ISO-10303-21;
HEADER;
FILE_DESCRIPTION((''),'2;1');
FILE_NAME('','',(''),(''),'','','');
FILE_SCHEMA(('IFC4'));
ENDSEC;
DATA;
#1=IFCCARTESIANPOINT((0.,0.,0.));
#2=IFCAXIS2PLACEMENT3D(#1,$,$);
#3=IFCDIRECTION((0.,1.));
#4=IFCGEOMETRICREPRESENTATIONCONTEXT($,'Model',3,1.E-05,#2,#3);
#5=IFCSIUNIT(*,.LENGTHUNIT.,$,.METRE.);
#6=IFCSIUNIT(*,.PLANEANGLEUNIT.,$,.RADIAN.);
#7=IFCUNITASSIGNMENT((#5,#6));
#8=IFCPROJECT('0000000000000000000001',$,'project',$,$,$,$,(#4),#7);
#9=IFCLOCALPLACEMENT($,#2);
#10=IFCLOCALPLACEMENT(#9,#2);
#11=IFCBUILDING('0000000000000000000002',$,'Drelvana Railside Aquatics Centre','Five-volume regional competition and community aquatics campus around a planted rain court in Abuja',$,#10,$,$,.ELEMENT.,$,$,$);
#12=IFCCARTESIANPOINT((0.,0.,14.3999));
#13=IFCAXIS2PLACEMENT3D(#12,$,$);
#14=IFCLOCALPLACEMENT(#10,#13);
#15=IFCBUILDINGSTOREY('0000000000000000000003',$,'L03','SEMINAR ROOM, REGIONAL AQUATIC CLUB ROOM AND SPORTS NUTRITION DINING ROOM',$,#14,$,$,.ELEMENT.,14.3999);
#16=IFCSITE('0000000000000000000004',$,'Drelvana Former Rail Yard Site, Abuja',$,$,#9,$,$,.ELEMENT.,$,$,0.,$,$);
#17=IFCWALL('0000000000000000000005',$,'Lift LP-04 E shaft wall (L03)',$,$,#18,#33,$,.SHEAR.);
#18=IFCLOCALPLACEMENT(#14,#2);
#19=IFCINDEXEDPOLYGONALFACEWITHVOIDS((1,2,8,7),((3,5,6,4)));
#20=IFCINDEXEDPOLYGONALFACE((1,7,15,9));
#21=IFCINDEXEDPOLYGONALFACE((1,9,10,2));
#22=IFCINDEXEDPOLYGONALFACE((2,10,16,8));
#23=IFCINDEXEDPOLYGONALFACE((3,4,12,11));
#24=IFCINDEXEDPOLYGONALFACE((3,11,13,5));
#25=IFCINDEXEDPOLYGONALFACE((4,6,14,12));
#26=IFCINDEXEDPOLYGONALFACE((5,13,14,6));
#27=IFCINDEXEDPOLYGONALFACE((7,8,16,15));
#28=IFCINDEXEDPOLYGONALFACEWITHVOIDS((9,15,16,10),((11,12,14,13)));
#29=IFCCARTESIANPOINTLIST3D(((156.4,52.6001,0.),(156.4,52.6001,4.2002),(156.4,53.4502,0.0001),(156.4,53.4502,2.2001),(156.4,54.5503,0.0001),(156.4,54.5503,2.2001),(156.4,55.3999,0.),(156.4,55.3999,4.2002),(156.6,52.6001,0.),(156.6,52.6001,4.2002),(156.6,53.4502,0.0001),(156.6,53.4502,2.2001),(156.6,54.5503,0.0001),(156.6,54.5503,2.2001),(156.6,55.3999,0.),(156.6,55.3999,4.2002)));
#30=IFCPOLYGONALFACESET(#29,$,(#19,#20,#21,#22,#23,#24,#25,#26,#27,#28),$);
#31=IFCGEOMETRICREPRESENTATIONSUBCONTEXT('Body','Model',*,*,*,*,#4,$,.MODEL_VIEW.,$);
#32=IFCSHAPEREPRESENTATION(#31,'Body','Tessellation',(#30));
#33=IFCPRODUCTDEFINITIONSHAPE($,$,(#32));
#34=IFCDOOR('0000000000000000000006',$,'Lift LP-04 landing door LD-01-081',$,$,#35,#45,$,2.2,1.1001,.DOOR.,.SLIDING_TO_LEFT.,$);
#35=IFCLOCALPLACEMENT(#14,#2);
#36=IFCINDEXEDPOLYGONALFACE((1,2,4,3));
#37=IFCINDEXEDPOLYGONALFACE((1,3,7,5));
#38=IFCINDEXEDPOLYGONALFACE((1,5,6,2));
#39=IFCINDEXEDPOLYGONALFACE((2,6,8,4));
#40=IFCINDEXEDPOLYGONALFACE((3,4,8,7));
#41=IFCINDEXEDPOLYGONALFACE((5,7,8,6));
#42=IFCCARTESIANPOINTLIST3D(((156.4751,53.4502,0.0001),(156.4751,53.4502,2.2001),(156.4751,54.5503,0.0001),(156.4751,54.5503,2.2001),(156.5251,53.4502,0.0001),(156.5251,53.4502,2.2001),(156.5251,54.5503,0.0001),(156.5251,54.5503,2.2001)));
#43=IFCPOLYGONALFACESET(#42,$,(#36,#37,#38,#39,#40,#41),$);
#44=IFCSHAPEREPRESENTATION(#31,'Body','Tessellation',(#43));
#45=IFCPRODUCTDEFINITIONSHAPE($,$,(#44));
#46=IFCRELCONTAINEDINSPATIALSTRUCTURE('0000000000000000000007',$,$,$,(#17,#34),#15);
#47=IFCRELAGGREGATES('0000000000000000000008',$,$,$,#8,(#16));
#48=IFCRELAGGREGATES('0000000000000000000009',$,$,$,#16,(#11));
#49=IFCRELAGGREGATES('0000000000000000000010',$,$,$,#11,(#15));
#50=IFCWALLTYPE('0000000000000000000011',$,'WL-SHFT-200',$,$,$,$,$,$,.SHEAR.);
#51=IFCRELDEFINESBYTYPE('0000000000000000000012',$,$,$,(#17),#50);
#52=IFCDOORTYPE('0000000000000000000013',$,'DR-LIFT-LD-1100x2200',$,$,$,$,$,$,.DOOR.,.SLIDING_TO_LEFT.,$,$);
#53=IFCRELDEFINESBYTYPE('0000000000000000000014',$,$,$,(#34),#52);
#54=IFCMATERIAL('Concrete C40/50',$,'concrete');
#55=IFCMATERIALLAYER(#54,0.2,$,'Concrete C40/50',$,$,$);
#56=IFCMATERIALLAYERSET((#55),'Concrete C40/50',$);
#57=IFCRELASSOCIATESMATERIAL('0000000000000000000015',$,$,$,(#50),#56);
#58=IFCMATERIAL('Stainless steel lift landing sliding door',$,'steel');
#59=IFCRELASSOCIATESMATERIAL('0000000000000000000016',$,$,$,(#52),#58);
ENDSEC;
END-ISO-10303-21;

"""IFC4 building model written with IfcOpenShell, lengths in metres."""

from ifc_helpers import new_model, si_unit, direction, frame, frame_2d, origin, place, context, subcontext, project, spatial, rectangle, extrude, material, layer, layer_set, type_object, element, fill, save


model = new_model("IFC4")

# Units and contexts
model_context = context("Model", 3, precision=1e-05, world=origin(), true_north=direction((0.0, 1.0)))
body_context = subcontext(model_context, "Body", "Model", "MODEL_VIEW")
ifc_project = project(units=[si_unit("LENGTHUNIT", "METRE"), si_unit("PLANEANGLEUNIT", "RADIAN")], contexts=[model_context])

# Site, building, storey
site_placement = place(None, origin())
site = spatial("IfcSite", under=ifc_project, at=site_placement, Name="Drelvana Former Rail Yard Site, Abuja", CompositionType="ELEMENT", RefElevation=0.0)
building_placement = place(site_placement, origin())
building = spatial("IfcBuilding", under=site, at=building_placement, Name="Drelvana Railside Aquatics Centre", Description="Five-volume regional competition and community aquatics campus around a planted rain court in Abuja", CompositionType="ELEMENT")
storey_placement = place(building_placement, frame((0.0, 0.0, 14.3999)))
storey = spatial("IfcBuildingStorey", under=building, at=storey_placement, Name="L03", Description="SEMINAR ROOM, REGIONAL AQUATIC CLUB ROOM AND SPORTS NUTRITION DINING ROOM", CompositionType="ELEMENT", Elevation=14.3999)

# Shared definitions
ifc_material_1 = material(Name="Concrete C40/50", Category="concrete")

# Shared definitions
ifc_layer_1 = layer(ifc_material_1, 0.2, Name="Concrete C40/50")
ifc_layer_set_1 = layer_set([ifc_layer_1], Name="Concrete C40/50")
wall_type_1 = type_object("IfcWallType", Name="WL-SHFT-200", PredefinedType="SHEAR", material=ifc_layer_set_1)

# Wall, opening, door
wall_1_placement = place(storey_placement, frame((156.5, 52.6001, 0.0), z_axis=(0.0, 0.0, 1.0), x_axis=(0.0, 1.0, 0.0)))
wall_1 = element("IfcWall", 1, at=wall_1_placement, inside=storey, type_object=wall_type_1, Name="Lift LP-04 E shaft wall (L03)", PredefinedType="SHEAR", context=body_context, shape_type="SweptSolid", body=[
    extrude(rectangle(XDim=2.7998, YDim=0.2, at=frame_2d((1.3999, 0.0))), origin(), (0.0, 0.0, 1.0), 4.2002),
])
opening_1_placement = place(wall_1_placement, frame((0.8501, 0.0, 0.0)))
opening_1 = element("IfcOpeningElement", 2, at=opening_1_placement, cuts=wall_1, PredefinedType="OPENING", context=body_context, shape_type="SweptSolid", body=[
    extrude(rectangle(XDim=1.1001, YDim=2.2, at=frame_2d((0.55, 1.1001))), frame((0.0, 0.1099, 0.0), z_axis=(0.0, -1.0, 0.0), x_axis=(1.0, 0.0, 0.0)), (0.0, 0.0, 1.0), 0.22),
])
ifc_material_2 = material(Name="Stainless steel lift landing sliding door", Category="steel")
door_type_1 = type_object("IfcDoorType", Name="DR-LIFT-LD-1100x2200", OperationType="SLIDING_TO_LEFT", PredefinedType="DOOR", material=ifc_material_2)
door_1_placement = place(opening_1_placement, origin())
door_1 = element("IfcDoor", 3, at=door_1_placement, inside=storey, type_object=door_type_1, Name="Lift LP-04 landing door LD-01-081", OperationType="SLIDING_TO_LEFT", OverallHeight=2.2, OverallWidth=1.1001, PredefinedType="DOOR", context=body_context, shape_type="SweptSolid", body=[
    extrude(rectangle(XDim=1.1001, YDim=2.2, at=frame_2d((0.55, 1.1001))), frame((0.0, 0.0249, 0.0), z_axis=(0.0, -1.0, 0.0), x_axis=(1.0, 0.0, 0.0)), (0.0, 0.0, 1.0), 0.05),
])
fill(opening_1, door_1)

save(model, "model.ifc")
